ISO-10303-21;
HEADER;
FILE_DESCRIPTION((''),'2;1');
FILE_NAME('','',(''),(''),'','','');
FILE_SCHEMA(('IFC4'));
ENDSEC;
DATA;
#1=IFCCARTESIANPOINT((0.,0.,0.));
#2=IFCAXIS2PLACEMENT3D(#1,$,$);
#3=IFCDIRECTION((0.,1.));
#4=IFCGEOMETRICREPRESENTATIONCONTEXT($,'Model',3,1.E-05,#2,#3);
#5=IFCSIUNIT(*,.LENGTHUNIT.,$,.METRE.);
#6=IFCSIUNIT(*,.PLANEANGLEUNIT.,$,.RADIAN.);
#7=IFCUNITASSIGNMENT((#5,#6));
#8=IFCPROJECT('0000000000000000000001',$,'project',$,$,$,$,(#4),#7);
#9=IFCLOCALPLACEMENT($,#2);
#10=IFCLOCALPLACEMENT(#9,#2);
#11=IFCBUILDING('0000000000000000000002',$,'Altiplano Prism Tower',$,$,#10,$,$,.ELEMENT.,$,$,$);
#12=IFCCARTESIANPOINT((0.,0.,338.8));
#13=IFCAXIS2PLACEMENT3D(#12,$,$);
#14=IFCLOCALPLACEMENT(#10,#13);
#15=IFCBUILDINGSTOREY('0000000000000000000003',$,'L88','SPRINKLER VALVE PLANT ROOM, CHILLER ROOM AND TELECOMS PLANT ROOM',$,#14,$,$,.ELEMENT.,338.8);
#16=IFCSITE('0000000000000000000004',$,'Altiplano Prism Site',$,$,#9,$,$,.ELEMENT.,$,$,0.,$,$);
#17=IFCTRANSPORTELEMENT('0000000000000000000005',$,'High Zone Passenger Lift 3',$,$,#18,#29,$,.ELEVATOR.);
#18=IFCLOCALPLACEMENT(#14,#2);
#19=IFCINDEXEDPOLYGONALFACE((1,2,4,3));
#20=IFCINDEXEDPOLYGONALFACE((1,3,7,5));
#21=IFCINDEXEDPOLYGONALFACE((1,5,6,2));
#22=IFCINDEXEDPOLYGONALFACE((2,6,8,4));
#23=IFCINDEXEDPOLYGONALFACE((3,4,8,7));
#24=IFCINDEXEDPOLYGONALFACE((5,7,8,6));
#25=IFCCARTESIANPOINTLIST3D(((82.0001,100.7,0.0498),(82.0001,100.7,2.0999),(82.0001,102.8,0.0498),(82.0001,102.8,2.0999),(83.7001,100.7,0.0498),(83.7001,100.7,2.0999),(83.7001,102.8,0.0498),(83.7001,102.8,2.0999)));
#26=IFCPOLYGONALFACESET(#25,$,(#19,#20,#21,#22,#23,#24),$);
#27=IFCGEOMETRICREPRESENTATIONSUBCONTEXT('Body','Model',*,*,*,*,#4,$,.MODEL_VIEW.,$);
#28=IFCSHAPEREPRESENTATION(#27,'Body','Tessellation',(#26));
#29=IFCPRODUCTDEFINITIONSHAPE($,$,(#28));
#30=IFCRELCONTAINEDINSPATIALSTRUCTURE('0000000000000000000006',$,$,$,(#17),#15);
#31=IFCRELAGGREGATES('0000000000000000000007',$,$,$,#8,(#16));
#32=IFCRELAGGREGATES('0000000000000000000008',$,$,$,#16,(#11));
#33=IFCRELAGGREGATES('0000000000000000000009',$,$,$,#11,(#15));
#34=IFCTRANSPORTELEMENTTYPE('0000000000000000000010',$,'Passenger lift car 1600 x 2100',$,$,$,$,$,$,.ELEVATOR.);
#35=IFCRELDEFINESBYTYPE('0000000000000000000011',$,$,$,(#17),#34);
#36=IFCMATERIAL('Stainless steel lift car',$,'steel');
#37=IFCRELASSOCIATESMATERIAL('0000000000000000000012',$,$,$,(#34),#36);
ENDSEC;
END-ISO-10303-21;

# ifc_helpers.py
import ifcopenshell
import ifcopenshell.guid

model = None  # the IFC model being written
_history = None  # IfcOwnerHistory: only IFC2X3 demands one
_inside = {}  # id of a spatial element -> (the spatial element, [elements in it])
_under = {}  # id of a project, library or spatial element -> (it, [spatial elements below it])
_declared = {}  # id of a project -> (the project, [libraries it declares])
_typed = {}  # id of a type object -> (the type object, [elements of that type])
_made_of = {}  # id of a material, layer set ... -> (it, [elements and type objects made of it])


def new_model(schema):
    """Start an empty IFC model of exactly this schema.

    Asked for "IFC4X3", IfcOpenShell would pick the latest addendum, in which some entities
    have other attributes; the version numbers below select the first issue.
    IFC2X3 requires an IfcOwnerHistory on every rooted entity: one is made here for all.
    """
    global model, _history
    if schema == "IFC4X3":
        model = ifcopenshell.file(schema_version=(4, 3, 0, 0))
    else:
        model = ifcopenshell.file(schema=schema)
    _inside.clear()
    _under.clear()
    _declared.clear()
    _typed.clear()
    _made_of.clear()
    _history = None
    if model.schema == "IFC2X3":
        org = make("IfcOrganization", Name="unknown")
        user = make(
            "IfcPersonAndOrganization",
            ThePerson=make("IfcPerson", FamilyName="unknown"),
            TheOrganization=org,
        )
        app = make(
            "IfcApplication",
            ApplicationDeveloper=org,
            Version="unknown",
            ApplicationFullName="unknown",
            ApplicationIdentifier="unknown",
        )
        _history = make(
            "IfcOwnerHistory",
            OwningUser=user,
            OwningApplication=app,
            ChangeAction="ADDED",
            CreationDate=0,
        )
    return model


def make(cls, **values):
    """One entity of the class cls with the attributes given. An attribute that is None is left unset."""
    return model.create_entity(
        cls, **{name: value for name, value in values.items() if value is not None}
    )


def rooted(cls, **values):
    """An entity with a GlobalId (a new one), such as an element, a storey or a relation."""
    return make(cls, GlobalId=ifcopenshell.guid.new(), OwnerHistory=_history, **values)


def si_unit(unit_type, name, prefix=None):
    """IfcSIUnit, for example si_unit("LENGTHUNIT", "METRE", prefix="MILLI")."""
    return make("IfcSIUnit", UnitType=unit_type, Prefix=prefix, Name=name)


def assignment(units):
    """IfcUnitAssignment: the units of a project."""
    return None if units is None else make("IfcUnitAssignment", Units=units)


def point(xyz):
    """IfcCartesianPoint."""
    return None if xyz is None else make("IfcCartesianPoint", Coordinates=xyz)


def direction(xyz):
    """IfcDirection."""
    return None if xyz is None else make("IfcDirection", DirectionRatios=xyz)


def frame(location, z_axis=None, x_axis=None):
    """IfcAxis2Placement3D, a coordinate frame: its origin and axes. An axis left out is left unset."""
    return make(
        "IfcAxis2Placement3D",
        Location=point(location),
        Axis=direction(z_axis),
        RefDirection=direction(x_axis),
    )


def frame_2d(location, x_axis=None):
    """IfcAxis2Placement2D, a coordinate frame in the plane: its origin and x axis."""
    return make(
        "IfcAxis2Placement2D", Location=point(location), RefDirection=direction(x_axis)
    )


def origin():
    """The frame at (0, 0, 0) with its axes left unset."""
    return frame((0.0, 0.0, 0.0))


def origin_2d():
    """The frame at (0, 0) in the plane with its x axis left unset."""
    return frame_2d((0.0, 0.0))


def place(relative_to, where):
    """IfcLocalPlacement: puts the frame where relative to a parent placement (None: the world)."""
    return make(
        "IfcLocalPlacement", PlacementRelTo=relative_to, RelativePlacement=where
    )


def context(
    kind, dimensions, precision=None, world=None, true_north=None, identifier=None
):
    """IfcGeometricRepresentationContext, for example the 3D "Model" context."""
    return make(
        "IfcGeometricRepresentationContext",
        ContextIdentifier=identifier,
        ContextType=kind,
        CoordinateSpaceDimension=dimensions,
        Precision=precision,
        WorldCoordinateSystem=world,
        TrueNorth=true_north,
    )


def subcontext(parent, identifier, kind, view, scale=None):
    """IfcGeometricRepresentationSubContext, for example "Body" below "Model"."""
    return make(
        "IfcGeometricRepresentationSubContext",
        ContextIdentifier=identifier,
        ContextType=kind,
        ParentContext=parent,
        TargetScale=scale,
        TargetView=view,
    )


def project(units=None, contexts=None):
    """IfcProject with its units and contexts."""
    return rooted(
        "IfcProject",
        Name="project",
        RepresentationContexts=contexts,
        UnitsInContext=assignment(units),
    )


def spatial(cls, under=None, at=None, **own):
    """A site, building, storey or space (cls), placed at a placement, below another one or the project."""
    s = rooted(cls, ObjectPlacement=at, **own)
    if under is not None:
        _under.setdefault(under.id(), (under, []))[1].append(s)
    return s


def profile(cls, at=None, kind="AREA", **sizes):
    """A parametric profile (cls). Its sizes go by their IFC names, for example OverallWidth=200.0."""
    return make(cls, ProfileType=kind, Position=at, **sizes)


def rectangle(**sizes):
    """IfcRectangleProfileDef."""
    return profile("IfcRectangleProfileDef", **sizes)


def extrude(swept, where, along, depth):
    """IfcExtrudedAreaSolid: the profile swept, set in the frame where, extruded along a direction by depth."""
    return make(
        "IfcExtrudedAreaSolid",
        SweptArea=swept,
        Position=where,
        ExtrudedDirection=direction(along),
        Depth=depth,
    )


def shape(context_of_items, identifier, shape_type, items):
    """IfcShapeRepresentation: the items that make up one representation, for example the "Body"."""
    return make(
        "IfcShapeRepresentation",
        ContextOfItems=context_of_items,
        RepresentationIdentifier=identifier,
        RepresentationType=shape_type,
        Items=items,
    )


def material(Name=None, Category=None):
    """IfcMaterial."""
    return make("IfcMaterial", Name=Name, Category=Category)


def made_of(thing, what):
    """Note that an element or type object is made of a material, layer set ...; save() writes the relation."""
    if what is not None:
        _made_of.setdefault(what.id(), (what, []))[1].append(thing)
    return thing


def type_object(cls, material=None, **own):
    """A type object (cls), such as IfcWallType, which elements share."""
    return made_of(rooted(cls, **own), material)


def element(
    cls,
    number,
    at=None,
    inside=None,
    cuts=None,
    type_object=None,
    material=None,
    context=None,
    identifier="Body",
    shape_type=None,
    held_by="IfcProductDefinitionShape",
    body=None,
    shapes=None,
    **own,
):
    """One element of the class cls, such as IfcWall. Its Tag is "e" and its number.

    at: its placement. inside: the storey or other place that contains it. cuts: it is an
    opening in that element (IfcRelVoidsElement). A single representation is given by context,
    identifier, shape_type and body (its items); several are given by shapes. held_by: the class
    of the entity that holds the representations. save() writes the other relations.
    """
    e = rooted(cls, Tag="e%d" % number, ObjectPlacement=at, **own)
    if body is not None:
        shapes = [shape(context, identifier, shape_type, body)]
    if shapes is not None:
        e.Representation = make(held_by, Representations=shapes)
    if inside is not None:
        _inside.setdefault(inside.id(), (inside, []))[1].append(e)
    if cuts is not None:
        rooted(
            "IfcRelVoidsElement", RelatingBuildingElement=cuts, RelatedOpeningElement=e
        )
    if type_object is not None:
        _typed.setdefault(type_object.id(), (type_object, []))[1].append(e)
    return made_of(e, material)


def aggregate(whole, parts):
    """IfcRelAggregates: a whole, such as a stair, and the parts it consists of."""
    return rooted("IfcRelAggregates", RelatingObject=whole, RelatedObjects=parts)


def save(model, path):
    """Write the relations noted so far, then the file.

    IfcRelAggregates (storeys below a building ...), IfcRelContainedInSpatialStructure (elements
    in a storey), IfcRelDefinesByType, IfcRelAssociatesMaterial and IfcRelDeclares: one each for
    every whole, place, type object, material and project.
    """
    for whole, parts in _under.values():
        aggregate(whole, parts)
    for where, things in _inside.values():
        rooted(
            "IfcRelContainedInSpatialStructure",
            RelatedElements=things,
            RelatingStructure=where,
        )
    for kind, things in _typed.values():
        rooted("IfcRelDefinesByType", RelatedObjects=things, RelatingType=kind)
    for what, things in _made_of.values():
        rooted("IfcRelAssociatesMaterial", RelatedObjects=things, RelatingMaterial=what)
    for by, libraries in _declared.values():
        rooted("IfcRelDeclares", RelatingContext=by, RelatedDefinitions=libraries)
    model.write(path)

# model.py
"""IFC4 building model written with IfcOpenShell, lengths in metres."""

from ifc_helpers import new_model, si_unit, direction, frame, origin, origin_2d, place, context, subcontext, project, spatial, rectangle, extrude, material, type_object, element, save


model = new_model("IFC4")

# Units and contexts
model_context = context("Model", 3, precision=1e-05, world=origin(), true_north=direction((0.0, 1.0)))
body_context = subcontext(model_context, "Body", "Model", "MODEL_VIEW")
ifc_project = project(units=[si_unit("LENGTHUNIT", "METRE"), si_unit("PLANEANGLEUNIT", "RADIAN")], contexts=[model_context])

# Site, building, storey
site_placement = place(None, origin())
site = spatial("IfcSite", under=ifc_project, at=site_placement, Name="Altiplano Prism Site", CompositionType="ELEMENT", RefElevation=0.0)
building_placement = place(site_placement, origin())
building = spatial("IfcBuilding", under=site, at=building_placement, Name="Altiplano Prism Tower", CompositionType="ELEMENT")
storey_placement = place(building_placement, frame((0.0, 0.0, 338.8)))
storey = spatial("IfcBuildingStorey", under=building, at=storey_placement, Name="L88", Description="SPRINKLER VALVE PLANT ROOM, CHILLER ROOM AND TELECOMS PLANT ROOM", CompositionType="ELEMENT", Elevation=338.8)

# Transport element
ifc_material_1 = material(Name="Stainless steel lift car", Category="steel")
transport_element_type = type_object("IfcTransportElementType", Name="Passenger lift car 1600 x 2100", PredefinedType="ELEVATOR", material=ifc_material_1)
for number, where, z_axis, x_axis, name in (
    (1, (82.8501, 101.75, 0.0498), (0.0, 0.0, 1.0), (1.0, 0.0, 0.0), "High Zone Passenger Lift 3"),
):
    element("IfcTransportElement", number, at=place(storey_placement, frame(where, z_axis=z_axis, x_axis=x_axis)), inside=storey, type_object=transport_element_type, Name=name, PredefinedType="ELEVATOR", context=body_context, shape_type="SweptSolid", body=[
        extrude(rectangle(XDim=1.7, YDim=2.1001, at=origin_2d()), origin(), (0.0, 0.0, 1.0), 2.05),
    ])

save(model, "model.ifc")
